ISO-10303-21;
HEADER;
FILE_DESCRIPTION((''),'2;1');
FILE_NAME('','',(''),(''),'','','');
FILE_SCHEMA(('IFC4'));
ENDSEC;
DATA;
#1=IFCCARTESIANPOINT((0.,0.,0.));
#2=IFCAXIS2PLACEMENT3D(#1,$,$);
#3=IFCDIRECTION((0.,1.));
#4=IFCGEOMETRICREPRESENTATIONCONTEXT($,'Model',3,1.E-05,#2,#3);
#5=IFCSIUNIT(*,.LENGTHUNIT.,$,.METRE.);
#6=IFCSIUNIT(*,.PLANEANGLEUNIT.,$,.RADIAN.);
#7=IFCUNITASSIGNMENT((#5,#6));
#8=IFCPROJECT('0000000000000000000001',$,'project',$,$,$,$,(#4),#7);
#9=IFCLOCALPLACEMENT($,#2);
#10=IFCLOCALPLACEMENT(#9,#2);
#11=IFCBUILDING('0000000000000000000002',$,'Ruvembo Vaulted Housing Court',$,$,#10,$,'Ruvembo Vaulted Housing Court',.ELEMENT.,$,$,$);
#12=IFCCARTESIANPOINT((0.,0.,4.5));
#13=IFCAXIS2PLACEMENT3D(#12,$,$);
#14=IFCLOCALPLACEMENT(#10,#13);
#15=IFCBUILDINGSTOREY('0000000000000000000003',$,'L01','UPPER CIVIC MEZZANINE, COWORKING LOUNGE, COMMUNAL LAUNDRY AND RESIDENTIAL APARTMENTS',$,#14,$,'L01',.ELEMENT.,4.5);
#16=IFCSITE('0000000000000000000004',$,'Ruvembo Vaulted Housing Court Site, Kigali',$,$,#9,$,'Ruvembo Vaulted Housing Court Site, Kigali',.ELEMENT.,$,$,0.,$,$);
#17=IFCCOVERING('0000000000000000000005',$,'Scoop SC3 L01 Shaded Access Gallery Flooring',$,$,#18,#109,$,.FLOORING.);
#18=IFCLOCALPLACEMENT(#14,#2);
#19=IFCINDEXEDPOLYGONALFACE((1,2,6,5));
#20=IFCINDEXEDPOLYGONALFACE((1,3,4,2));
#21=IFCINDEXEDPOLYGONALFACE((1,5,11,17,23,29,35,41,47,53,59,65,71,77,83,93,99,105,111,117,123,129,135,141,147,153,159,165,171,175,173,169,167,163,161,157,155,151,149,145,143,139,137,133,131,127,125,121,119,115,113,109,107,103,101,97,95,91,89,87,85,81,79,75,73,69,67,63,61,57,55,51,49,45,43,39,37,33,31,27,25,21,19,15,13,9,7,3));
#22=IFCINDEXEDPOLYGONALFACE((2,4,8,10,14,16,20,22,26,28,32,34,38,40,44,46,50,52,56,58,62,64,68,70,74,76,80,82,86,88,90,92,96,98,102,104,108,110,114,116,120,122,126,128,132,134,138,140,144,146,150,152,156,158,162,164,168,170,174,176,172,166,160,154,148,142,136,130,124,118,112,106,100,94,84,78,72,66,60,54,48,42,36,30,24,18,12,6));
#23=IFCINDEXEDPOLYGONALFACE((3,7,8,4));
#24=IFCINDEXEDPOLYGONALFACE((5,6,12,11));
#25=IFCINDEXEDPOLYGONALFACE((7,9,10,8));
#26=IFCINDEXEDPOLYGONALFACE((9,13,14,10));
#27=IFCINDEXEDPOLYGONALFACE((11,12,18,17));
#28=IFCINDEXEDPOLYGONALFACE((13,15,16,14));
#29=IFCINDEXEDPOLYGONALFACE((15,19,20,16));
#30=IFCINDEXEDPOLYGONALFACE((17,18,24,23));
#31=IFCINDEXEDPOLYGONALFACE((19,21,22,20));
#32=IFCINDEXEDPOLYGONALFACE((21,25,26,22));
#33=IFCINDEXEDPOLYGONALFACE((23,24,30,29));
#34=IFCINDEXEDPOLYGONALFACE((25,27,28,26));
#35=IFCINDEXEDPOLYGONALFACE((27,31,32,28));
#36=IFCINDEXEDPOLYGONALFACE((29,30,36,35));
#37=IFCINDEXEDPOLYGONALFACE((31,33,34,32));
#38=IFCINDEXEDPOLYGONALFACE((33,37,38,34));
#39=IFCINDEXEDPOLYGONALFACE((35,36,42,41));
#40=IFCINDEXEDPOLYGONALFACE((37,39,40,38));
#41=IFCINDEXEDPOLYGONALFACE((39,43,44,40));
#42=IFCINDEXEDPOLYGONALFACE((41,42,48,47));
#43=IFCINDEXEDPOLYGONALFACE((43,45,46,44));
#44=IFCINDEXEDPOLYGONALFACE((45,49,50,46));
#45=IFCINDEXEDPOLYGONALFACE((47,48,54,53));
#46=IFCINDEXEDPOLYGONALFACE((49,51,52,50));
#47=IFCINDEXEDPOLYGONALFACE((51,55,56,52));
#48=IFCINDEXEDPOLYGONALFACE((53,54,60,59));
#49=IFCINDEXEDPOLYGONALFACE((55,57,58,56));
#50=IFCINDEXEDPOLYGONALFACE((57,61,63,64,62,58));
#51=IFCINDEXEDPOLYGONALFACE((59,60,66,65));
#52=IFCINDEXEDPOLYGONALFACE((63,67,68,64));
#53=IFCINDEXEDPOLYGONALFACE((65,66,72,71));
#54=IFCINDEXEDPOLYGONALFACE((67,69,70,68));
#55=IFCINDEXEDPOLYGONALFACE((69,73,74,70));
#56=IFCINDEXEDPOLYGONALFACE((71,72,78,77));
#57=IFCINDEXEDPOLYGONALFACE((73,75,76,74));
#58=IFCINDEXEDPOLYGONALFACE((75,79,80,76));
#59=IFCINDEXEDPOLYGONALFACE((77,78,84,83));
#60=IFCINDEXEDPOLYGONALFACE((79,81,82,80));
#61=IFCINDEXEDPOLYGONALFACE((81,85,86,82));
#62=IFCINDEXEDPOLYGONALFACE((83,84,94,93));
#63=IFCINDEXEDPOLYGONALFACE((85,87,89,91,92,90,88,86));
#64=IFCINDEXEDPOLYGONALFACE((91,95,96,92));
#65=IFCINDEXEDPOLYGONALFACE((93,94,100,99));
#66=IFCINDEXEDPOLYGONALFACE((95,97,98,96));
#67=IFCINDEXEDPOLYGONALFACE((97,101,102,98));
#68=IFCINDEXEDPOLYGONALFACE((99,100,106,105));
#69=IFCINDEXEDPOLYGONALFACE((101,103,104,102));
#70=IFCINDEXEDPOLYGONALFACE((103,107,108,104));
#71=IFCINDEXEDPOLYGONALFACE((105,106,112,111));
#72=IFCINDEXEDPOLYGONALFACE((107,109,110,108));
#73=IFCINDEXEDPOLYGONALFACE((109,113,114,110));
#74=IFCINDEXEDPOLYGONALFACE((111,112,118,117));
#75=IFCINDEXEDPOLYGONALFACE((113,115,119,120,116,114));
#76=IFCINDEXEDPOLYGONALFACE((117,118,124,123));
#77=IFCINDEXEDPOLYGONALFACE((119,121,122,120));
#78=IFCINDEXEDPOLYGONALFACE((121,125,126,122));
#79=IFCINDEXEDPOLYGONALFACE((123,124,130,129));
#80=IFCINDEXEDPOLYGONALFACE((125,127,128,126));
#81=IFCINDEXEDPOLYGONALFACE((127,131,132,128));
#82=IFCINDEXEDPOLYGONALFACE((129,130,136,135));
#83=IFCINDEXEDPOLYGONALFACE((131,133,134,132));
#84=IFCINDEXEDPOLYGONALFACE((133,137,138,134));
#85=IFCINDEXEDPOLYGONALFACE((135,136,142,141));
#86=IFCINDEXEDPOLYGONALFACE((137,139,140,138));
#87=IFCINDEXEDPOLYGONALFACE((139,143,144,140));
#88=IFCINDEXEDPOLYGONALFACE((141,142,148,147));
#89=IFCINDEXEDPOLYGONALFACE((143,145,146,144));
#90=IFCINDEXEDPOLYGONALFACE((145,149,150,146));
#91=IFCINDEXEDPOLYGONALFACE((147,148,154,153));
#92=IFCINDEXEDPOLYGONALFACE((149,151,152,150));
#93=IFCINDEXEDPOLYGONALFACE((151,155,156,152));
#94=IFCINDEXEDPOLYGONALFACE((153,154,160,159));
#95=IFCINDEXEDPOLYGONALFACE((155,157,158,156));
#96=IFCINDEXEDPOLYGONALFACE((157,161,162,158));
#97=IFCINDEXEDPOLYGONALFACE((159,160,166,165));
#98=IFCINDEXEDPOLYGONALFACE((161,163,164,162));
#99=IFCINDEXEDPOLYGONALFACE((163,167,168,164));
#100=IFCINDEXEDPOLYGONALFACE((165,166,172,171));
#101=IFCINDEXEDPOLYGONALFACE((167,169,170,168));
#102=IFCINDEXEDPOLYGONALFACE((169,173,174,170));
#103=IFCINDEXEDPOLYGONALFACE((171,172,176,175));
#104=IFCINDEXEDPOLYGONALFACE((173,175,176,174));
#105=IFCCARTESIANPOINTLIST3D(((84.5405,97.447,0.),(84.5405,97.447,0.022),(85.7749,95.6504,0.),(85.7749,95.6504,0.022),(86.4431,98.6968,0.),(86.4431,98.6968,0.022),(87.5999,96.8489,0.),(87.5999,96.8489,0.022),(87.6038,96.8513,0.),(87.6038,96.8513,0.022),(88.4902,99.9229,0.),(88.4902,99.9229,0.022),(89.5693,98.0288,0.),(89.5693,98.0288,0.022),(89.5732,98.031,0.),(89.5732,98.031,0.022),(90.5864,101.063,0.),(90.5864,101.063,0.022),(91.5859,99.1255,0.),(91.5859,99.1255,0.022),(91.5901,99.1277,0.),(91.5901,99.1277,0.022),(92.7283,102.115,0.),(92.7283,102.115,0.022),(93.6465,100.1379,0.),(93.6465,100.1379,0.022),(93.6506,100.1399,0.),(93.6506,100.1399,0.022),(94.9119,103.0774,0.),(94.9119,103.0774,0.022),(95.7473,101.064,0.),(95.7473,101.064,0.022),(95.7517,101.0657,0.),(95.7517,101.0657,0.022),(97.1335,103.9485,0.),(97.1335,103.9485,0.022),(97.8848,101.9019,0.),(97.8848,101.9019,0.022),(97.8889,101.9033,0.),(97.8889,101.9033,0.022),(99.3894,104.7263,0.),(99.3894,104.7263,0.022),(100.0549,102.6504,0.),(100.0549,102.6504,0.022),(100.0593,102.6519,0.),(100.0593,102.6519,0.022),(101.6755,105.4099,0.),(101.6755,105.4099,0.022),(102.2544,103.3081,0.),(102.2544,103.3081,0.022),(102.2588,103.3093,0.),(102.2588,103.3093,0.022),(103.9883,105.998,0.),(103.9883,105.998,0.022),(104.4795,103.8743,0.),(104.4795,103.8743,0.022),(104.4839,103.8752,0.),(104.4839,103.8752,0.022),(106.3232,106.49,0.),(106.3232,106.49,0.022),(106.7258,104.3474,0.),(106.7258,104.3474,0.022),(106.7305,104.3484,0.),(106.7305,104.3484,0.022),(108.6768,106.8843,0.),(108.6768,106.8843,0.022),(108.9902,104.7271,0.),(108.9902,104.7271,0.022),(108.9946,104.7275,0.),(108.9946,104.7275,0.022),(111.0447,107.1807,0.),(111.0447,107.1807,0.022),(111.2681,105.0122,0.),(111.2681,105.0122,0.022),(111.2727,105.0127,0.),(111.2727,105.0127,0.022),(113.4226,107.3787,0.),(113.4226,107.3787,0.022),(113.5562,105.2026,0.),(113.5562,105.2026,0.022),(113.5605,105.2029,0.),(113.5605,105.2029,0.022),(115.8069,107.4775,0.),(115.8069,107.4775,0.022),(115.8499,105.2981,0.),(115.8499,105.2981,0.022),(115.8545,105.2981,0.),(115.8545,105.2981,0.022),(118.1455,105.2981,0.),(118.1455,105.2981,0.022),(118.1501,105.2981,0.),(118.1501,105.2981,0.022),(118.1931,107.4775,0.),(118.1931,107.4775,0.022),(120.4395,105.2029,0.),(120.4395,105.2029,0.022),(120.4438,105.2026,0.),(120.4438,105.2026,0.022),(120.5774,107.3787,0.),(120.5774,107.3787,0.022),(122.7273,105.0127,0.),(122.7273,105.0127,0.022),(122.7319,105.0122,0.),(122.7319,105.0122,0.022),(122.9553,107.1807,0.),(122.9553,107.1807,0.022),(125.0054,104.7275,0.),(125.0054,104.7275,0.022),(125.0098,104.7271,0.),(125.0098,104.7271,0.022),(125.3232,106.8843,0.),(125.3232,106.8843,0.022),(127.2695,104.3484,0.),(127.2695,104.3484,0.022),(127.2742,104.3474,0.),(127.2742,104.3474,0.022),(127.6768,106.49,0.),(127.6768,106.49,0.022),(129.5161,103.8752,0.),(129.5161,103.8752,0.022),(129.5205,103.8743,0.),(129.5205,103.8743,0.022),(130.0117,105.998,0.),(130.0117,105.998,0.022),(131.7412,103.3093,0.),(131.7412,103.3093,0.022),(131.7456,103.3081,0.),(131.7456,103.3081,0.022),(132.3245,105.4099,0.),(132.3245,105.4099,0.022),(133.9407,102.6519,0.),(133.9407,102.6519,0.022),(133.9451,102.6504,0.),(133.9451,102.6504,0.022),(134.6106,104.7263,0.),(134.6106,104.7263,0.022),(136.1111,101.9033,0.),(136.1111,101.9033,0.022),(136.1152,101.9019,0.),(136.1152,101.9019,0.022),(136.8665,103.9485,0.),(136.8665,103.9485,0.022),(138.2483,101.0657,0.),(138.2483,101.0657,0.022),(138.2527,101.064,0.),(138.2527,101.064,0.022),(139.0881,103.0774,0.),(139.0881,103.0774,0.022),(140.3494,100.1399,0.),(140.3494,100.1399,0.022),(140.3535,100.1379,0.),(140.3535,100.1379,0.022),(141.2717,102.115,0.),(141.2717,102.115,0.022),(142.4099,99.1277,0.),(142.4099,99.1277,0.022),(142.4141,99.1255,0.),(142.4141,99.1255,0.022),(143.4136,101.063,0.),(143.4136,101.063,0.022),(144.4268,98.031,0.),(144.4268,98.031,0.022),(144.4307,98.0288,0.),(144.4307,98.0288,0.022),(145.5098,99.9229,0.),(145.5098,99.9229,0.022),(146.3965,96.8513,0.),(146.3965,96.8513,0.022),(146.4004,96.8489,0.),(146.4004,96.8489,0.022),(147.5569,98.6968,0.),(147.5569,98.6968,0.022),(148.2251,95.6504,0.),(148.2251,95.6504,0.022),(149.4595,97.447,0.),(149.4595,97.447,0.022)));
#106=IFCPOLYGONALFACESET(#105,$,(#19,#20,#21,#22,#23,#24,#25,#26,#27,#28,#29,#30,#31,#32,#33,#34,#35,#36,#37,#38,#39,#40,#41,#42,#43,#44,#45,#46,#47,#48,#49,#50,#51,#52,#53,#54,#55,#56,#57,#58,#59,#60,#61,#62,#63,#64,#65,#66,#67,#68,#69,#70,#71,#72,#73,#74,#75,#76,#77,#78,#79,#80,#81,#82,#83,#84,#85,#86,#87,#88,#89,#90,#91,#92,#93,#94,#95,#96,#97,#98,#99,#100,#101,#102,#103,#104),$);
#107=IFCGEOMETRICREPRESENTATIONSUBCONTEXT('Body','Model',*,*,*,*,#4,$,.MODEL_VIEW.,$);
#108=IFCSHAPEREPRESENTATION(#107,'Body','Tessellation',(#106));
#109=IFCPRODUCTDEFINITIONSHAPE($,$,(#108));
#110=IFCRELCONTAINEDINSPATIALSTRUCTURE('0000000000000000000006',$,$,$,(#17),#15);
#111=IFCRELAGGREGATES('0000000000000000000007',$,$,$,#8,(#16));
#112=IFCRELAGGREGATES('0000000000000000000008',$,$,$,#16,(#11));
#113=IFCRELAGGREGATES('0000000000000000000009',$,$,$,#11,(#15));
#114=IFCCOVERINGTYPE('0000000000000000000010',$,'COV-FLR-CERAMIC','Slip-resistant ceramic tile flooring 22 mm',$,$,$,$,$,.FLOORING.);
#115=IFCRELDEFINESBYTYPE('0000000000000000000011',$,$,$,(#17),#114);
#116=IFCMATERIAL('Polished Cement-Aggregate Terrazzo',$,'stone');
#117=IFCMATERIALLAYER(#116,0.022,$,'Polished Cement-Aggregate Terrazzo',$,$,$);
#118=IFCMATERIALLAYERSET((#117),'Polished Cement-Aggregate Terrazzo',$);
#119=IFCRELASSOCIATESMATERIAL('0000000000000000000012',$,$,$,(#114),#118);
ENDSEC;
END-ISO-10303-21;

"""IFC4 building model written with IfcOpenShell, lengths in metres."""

from ifc_helpers import new_model, si_unit, direction, frame, origin, place, context, subcontext, project, spatial, polyline, outline, extrude, material, layer, layer_set, type_object, element, save


model = new_model("IFC4")

# Units and contexts
model_context = context("Model", 3, precision=1e-05, world=origin(), true_north=direction((0.0, 1.0)))
body_context = subcontext(model_context, "Body", "Model", "MODEL_VIEW")
ifc_project = project(units=[si_unit("LENGTHUNIT", "METRE"), si_unit("PLANEANGLEUNIT", "RADIAN")], contexts=[model_context])

# Site, building, storey
site_placement = place(None, origin())
site = spatial("IfcSite", under=ifc_project, at=site_placement, Name="Ruvembo Vaulted Housing Court Site, Kigali", LongName="Ruvembo Vaulted Housing Court Site, Kigali", CompositionType="ELEMENT", RefElevation=0.0)
building_placement = place(site_placement, origin())
building = spatial("IfcBuilding", under=site, at=building_placement, Name="Ruvembo Vaulted Housing Court", LongName="Ruvembo Vaulted Housing Court", CompositionType="ELEMENT")
storey_placement = place(building_placement, frame((0.0, 0.0, 4.5)))
storey = spatial("IfcBuildingStorey", under=building, at=storey_placement, Name="L01", Description="UPPER CIVIC MEZZANINE, COWORKING LOUNGE, COMMUNAL LAUNDRY AND RESIDENTIAL APARTMENTS", LongName="L01", CompositionType="ELEMENT", Elevation=4.5)

# Covering
ifc_material_1 = material(Name="Polished Cement-Aggregate Terrazzo", Category="stone")
ifc_layer_1 = layer(ifc_material_1, 0.022, Name="Polished Cement-Aggregate Terrazzo")
ifc_layer_set_1 = layer_set([ifc_layer_1], Name="Polished Cement-Aggregate Terrazzo")
covering_type_1 = type_object("IfcCoveringType", Name="COV-FLR-CERAMIC", Description="Slip-resistant ceramic tile flooring 22 mm", PredefinedType="FLOORING", material=ifc_layer_set_1)
covering_1_placement = place(storey_placement, origin())
element("IfcCovering", 1, at=covering_1_placement, inside=storey, type_object=covering_type_1, Name="Scoop SC3 L01 Shaded Access Gallery Flooring", PredefinedType="FLOORING", context=body_context, shape_type="SweptSolid", body=[
    extrude(outline(polyline([(86.4431, 98.6968), (84.5405, 97.447), (85.7749, 95.6504), (87.5999, 96.8489), (87.6038, 96.8513), (89.5693, 98.0288), (89.5732, 98.031), (91.5859, 99.1255), (91.5901, 99.1277), (93.6465, 100.1379), (93.6506, 100.1399), (95.7473, 101.064), (95.7517, 101.0657), (97.8848, 101.9019), (97.8889, 101.9033), (100.0549, 102.6504), (100.0593, 102.6519), (102.2544, 103.3081), (102.2588, 103.3093), (104.4795, 103.8743), (104.4839, 103.8752), (106.7258, 104.3474), (106.7305, 104.3484), (108.9902, 104.7271), (108.9946, 104.7275), (111.2681, 105.0122), (111.2727, 105.0127), (113.5562, 105.2026), (113.5605, 105.2029), (115.8499, 105.2981), (115.8545, 105.2981), (118.1455, 105.2981), (118.1501, 105.2981), (120.4395, 105.2029), (120.4438, 105.2026), (122.7273, 105.0127), (122.7319, 105.0122), (125.0054, 104.7275), (125.0098, 104.7271), (127.2695, 104.3484), (127.2742, 104.3474), (129.5161, 103.8752), (129.5205, 103.8743), (131.7412, 103.3093), (131.7456, 103.3081), (133.9407, 102.6519), (133.9451, 102.6504), (136.1111, 101.9033), (136.1152, 101.9019), (138.2483, 101.0657), (138.2527, 101.064), (140.3494, 100.1399), (140.3535, 100.1379), (142.4099, 99.1277), (142.4141, 99.1255), (144.4268, 98.031), (144.4307, 98.0288), (146.3965, 96.8513), (146.4004, 96.8489), (148.2251, 95.6504), (149.4595, 97.447), (147.5569, 98.6968), (145.5098, 99.9229), (143.4136, 101.063), (141.2717, 102.115), (139.0881, 103.0774), (136.8665, 103.9485), (134.6106, 104.7263), (132.3245, 105.4099), (130.0117, 105.998), (127.6768, 106.49), (125.3232, 106.8843), (122.9553, 107.1807), (120.5774, 107.3787), (118.1931, 107.4775), (115.8069, 107.4775), (113.4226, 107.3787), (111.0447, 107.1807), (108.6768, 106.8843), (106.3232, 106.49), (103.9883, 105.998), (101.6755, 105.4099), (99.3894, 104.7263), (97.1335, 103.9485), (94.9119, 103.0774), (92.7283, 102.115), (90.5864, 101.063), (88.4902, 99.9229), (86.4431, 98.6968)])), origin(), (0.0, 0.0, 1.0), 0.022),
])

save(model, "model.ifc")
